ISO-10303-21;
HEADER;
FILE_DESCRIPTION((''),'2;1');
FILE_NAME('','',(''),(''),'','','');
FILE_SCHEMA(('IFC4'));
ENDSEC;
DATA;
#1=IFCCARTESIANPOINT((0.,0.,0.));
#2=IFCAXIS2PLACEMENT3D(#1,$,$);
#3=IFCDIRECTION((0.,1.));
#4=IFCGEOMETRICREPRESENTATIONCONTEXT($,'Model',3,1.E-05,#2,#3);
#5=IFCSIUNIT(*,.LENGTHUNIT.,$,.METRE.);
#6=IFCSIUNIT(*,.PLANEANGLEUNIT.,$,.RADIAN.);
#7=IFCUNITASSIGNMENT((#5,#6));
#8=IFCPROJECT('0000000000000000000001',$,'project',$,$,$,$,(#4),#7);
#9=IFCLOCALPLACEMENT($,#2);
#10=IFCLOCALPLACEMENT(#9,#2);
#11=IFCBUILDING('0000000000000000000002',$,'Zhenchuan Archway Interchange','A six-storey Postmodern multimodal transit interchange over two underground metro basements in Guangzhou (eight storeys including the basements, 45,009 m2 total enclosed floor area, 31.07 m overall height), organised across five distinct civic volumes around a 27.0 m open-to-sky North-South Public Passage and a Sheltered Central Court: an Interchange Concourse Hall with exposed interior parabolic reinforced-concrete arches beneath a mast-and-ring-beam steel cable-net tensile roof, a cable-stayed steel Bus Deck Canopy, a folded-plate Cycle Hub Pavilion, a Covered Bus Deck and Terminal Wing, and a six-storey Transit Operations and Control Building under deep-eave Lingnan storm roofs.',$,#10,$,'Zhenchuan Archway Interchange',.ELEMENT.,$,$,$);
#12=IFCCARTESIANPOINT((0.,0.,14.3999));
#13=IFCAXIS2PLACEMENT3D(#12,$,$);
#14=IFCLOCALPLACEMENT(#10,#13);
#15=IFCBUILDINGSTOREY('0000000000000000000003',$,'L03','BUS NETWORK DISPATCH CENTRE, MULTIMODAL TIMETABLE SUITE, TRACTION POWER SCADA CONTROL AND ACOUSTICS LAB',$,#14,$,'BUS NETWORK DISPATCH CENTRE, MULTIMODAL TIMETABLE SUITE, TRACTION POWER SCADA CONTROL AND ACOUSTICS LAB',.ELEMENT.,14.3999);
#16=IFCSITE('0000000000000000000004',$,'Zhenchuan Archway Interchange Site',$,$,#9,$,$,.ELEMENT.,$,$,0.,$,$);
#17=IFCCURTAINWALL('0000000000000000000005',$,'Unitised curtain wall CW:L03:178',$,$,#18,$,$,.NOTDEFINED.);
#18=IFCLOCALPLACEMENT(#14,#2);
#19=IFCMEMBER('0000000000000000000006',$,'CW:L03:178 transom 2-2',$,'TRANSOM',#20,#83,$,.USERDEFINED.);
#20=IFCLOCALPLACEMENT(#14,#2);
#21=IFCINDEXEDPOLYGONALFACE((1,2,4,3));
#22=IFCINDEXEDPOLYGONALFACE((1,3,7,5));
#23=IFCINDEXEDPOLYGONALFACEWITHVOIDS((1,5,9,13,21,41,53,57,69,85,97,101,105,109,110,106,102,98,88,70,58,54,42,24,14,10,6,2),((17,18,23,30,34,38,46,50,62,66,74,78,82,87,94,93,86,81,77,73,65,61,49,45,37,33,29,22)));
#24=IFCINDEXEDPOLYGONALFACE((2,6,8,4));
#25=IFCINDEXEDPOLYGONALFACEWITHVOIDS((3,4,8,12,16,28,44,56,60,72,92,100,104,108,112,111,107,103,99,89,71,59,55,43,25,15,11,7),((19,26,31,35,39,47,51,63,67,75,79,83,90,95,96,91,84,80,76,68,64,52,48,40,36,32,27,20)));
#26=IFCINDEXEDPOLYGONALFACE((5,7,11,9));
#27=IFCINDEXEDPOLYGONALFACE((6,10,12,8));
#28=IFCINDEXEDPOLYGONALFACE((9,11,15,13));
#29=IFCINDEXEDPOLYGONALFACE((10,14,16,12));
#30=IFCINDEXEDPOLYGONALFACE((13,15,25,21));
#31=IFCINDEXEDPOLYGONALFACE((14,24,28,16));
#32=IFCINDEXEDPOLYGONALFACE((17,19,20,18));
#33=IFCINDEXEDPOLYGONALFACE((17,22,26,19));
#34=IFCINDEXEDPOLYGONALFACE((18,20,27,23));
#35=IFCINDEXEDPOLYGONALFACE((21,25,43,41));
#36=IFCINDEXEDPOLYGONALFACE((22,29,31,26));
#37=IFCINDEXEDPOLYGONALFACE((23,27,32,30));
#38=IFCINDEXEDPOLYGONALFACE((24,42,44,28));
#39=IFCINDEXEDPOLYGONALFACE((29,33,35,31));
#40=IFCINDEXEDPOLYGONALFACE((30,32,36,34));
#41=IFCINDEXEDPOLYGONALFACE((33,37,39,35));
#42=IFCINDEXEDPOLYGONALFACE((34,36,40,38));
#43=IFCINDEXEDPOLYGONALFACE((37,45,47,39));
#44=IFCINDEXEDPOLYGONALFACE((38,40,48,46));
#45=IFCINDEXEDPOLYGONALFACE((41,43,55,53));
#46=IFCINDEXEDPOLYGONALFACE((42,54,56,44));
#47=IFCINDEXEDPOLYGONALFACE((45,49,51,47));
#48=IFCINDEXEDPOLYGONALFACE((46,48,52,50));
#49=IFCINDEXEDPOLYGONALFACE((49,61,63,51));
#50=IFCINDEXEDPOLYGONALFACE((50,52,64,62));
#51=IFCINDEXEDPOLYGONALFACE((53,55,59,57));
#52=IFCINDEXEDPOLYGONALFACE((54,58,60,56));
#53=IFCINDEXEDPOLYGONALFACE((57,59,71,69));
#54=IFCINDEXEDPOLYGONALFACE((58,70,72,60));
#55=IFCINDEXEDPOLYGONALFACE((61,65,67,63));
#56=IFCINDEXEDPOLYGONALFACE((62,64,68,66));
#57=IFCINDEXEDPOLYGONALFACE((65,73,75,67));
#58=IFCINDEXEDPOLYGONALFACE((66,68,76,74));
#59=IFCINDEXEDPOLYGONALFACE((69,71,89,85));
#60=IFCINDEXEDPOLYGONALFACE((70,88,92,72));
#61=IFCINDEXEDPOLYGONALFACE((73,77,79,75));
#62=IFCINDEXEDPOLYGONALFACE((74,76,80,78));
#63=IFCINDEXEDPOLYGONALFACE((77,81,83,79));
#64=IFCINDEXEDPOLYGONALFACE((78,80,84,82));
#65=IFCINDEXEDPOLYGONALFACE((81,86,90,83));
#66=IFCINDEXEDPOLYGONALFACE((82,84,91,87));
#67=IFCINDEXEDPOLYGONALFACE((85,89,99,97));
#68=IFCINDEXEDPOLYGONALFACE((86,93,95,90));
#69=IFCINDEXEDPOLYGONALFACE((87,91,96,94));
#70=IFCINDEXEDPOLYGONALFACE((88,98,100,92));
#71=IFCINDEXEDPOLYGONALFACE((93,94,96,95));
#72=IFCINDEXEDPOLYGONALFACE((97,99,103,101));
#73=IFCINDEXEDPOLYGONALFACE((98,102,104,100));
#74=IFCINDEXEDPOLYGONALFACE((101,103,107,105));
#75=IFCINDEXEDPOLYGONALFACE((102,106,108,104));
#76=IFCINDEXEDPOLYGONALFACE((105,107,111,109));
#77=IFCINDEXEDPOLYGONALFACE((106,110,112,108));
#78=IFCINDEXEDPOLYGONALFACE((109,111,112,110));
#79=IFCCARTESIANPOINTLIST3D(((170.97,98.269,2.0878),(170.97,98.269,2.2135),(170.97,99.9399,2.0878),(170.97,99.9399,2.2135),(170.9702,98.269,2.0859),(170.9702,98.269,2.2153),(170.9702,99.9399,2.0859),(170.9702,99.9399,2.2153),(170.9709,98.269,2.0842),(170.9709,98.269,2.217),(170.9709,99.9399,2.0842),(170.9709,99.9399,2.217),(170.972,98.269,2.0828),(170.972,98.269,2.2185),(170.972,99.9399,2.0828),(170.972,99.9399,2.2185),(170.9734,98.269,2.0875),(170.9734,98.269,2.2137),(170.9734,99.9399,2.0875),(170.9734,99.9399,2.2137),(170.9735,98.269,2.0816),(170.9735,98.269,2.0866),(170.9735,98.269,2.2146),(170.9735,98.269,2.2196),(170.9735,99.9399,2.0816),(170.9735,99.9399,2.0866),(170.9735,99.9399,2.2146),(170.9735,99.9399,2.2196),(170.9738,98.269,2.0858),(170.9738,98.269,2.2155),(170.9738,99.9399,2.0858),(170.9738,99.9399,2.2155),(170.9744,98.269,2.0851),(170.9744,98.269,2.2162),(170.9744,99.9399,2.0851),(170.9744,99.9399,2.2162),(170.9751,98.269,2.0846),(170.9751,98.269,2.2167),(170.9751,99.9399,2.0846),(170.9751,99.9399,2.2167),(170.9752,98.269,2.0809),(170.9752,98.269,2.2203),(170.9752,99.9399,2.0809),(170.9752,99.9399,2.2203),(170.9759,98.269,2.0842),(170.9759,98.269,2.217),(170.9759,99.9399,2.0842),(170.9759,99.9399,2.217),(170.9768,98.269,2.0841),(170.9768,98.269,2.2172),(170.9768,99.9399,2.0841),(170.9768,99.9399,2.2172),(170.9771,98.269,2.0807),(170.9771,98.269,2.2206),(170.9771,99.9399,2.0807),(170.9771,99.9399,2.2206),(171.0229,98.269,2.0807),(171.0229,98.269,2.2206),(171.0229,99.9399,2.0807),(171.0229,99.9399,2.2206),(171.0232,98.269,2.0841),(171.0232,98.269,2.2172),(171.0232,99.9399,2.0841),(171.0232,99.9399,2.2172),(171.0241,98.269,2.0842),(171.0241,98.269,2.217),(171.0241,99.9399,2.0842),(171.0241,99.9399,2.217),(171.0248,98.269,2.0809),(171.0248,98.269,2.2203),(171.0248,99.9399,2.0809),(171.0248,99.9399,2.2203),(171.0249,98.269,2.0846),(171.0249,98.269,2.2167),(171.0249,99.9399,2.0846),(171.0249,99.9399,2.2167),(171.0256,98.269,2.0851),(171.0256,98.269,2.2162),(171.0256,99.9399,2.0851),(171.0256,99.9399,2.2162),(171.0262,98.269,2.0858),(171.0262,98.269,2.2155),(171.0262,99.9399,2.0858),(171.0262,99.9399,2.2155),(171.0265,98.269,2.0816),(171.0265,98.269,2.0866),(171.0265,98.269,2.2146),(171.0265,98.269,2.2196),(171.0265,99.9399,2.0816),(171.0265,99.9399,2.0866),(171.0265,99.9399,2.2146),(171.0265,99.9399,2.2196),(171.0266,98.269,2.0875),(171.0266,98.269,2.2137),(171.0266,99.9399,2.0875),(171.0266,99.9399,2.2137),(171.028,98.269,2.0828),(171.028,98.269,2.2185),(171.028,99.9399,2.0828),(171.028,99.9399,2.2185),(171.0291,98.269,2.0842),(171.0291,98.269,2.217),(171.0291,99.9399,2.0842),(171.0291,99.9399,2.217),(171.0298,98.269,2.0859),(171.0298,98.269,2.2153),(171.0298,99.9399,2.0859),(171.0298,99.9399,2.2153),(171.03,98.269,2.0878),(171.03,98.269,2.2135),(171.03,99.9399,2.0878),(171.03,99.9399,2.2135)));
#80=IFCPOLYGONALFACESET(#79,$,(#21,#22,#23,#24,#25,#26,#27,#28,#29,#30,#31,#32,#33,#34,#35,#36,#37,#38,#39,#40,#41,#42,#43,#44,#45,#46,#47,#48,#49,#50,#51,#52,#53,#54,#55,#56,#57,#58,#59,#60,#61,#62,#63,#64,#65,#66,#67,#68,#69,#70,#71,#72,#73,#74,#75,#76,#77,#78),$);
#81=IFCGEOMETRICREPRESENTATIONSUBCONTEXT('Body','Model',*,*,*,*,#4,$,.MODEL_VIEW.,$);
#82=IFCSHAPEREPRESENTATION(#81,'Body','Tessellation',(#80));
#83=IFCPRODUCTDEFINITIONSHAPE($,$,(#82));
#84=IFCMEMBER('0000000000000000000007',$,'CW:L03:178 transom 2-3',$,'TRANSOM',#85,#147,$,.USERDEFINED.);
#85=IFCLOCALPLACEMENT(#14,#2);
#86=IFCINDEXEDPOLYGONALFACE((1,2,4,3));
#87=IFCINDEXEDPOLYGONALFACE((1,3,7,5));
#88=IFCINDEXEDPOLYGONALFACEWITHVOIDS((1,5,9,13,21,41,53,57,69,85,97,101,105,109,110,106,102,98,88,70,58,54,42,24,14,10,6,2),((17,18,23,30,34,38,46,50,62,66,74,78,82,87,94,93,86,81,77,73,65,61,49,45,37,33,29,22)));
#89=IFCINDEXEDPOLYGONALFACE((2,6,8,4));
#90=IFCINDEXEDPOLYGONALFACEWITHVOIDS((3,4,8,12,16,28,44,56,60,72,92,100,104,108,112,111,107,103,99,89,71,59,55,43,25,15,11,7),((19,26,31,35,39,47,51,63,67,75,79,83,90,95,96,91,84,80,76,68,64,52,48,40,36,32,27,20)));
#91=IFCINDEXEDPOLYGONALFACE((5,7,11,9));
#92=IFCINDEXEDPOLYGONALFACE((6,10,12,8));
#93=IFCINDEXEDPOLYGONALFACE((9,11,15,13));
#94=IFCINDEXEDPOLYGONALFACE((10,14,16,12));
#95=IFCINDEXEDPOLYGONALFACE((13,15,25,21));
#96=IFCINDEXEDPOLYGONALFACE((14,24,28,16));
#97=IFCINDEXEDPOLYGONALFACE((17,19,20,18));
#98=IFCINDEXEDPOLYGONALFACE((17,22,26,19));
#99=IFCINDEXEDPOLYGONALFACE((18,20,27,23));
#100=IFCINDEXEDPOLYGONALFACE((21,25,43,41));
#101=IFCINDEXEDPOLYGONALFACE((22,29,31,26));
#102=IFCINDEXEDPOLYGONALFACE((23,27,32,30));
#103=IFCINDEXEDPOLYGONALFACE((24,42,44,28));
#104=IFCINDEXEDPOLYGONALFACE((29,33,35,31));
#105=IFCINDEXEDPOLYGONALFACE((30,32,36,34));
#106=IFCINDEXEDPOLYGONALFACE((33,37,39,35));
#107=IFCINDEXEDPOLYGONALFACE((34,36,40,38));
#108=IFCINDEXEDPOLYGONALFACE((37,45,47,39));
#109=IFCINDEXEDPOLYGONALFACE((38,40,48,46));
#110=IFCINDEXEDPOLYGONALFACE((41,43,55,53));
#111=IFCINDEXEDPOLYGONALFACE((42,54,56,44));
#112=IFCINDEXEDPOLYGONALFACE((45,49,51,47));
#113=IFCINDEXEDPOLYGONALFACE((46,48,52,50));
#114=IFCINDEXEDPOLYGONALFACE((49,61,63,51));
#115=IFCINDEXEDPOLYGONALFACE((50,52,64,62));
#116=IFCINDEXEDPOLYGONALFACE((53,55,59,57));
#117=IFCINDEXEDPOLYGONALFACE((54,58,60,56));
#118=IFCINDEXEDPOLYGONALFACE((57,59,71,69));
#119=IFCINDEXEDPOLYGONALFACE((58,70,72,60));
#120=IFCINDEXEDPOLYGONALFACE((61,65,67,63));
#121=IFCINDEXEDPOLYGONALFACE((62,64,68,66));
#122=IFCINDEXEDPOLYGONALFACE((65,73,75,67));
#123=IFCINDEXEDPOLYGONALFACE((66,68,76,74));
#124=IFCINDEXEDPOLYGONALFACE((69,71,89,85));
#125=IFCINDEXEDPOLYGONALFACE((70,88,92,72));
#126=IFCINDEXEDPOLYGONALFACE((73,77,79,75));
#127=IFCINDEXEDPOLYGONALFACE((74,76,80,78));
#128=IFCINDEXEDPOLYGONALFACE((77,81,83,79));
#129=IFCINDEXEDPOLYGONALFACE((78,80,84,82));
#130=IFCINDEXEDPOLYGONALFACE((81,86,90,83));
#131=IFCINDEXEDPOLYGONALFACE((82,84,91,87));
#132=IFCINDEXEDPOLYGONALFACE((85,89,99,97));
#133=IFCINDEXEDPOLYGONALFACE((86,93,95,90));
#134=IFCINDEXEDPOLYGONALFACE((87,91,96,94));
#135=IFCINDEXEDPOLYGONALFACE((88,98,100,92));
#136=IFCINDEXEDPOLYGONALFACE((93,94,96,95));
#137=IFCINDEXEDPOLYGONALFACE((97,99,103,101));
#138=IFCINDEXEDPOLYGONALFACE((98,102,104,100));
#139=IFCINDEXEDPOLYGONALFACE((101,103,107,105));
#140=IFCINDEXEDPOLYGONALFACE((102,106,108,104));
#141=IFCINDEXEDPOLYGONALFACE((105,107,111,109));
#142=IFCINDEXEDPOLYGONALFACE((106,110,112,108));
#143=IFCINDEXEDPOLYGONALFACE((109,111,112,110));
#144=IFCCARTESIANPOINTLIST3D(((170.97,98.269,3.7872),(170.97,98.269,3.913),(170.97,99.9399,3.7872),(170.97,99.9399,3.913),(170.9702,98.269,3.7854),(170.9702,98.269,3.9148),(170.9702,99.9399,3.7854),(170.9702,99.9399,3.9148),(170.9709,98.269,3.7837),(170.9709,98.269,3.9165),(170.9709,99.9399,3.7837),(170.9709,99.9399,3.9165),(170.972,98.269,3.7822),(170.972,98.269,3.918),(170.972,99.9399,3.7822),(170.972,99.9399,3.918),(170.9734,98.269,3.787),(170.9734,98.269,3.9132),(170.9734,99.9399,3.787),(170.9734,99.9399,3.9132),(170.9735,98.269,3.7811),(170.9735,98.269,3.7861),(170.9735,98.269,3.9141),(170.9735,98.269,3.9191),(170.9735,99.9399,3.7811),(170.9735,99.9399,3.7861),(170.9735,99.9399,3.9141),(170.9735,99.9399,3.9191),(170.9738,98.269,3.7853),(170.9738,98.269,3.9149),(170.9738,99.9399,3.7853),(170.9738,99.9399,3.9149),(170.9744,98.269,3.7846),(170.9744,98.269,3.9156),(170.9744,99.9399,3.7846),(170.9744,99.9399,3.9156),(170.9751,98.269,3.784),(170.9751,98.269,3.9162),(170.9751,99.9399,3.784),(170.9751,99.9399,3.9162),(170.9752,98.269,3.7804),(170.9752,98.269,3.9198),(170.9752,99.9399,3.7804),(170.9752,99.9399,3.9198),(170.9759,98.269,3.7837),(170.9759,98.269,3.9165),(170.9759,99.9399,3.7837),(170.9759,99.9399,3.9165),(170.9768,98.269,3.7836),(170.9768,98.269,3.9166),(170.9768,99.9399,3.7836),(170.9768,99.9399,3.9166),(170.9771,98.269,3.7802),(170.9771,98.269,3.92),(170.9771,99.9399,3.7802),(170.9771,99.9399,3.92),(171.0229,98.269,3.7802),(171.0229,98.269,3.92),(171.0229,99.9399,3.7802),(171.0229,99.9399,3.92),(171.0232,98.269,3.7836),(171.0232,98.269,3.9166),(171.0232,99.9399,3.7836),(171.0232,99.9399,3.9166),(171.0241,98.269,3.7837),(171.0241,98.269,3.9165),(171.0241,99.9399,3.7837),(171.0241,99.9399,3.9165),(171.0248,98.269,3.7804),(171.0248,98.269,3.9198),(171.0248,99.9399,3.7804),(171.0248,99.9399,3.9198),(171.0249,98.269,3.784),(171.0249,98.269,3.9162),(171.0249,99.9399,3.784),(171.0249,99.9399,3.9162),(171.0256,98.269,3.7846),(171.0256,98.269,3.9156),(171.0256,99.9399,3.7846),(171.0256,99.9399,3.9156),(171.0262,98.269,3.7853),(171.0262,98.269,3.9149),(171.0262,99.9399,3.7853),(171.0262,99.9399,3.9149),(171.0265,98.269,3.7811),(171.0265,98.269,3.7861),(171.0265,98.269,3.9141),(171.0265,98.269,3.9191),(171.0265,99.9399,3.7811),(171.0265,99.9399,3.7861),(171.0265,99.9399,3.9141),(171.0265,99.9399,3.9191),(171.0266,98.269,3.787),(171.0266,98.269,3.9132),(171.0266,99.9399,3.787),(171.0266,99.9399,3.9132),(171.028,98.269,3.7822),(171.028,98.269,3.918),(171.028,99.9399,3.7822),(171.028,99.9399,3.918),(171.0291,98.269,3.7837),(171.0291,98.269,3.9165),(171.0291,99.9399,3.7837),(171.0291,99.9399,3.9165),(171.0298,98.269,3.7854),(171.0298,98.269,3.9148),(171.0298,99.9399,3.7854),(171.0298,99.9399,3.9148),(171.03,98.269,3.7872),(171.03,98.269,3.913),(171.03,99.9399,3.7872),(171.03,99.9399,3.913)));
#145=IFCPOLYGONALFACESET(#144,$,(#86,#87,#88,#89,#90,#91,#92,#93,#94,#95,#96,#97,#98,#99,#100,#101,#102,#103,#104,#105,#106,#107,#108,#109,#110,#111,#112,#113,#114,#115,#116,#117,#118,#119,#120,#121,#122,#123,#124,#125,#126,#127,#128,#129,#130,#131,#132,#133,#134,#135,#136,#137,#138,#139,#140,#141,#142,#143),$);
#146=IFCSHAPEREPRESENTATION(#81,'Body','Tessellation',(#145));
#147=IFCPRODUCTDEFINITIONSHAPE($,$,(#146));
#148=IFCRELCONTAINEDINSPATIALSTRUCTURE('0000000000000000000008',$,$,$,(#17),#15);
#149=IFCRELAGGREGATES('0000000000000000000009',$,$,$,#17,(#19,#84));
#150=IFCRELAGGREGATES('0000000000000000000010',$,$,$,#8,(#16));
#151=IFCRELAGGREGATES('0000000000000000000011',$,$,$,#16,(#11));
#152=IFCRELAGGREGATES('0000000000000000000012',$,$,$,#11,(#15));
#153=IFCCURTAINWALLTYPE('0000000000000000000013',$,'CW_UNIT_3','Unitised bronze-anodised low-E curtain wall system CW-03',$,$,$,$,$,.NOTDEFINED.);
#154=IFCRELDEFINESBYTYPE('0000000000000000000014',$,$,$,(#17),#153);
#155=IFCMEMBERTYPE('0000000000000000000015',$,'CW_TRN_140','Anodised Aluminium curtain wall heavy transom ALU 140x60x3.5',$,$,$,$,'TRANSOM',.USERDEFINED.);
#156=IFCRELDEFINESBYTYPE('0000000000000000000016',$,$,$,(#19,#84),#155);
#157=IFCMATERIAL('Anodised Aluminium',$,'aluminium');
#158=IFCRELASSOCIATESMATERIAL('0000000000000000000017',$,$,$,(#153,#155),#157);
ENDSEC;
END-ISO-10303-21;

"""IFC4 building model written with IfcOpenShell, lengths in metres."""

from ifc_helpers import new_model, si_unit, direction, frame, origin, origin_2d, place, context, subcontext, project, spatial, hollow_rectangle, extrude, material, material_profile, profile_set, type_object, element, aggregate, save


model = new_model("IFC4")

# Units and contexts
model_context = context("Model", 3, precision=1e-05, world=origin(), true_north=direction((0.0, 1.0)))
body_context = subcontext(model_context, "Body", "Model", "MODEL_VIEW")
ifc_project = project(units=[si_unit("LENGTHUNIT", "METRE"), si_unit("PLANEANGLEUNIT", "RADIAN")], contexts=[model_context])

# Site, building, storey
site_placement = place(None, origin())
site = spatial("IfcSite", under=ifc_project, at=site_placement, Name="Zhenchuan Archway Interchange Site", CompositionType="ELEMENT", RefElevation=0.0)
building_placement = place(site_placement, origin())
building = spatial("IfcBuilding", under=site, at=building_placement, Name="Zhenchuan Archway Interchange", Description="A six-storey Postmodern multimodal transit interchange over two underground metro basements in Guangzhou (eight storeys including the basements, 45,009 m2 total enclosed floor area, 31.07 m overall height), organised across five distinct civic volumes around a 27.0 m open-to-sky North-South Public Passage and a Sheltered Central Court: an Interchange Concourse Hall with exposed interior parabolic reinforced-concrete arches beneath a mast-and-ring-beam steel cable-net tensile roof, a cable-stayed steel Bus Deck Canopy, a folded-plate Cycle Hub Pavilion, a Covered Bus Deck and Terminal Wing, and a six-storey Transit Operations and Control Building under deep-eave Lingnan storm roofs.", LongName="Zhenchuan Archway Interchange", CompositionType="ELEMENT")
storey_placement = place(building_placement, frame((0.0, 0.0, 14.3999)))
storey = spatial("IfcBuildingStorey", under=building, at=storey_placement, Name="L03", Description="BUS NETWORK DISPATCH CENTRE, MULTIMODAL TIMETABLE SUITE, TRACTION POWER SCADA CONTROL AND ACOUSTICS LAB", LongName="BUS NETWORK DISPATCH CENTRE, MULTIMODAL TIMETABLE SUITE, TRACTION POWER SCADA CONTROL AND ACOUSTICS LAB", CompositionType="ELEMENT", Elevation=14.3999)

# Curtain wall
ifc_material_1 = material(Name="Anodised Aluminium", Category="aluminium")
curtain_wall_type_1 = type_object("IfcCurtainWallType", Name="CW_UNIT_3", Description="Unitised bronze-anodised low-E curtain wall system CW-03", PredefinedType="NOTDEFINED", material=ifc_material_1)
curtain_wall_1_placement = place(storey_placement, origin())
curtain_wall_1 = element("IfcCurtainWall", 1, at=curtain_wall_1_placement, inside=storey, type_object=curtain_wall_type_1, Name="Unitised curtain wall CW:L03:178", PredefinedType="NOTDEFINED")

# Members
ifc_material_profile_1 = material_profile(ifc_material_1, hollow_rectangle(XDim=0.0601, YDim=0.1399, WallThickness=0.0034, InnerFilletRadius=0.0034, OuterFilletRadius=0.0071, at=origin_2d()), Name="ALU 140x60x3.5")
ifc_profile_set_1 = profile_set([ifc_material_profile_1], Name="Anodised Aluminium")
member_type_1 = type_object("IfcMemberType", Name="CW_TRN_140", Description="Anodised Aluminium curtain wall heavy transom ALU 140x60x3.5", ElementType="TRANSOM", PredefinedType="USERDEFINED", material=ifc_profile_set_1)
member_1_placement = place(storey_placement, frame((171.0, 99.9399, 2.1506), z_axis=(0.0, -1.0, 0.0), x_axis=(1.0, 0.0, 0.0)))
member_1 = element("IfcMember", 2, at=member_1_placement, type_object=member_type_1, Name="CW:L03:178 transom 2-2", ObjectType="TRANSOM", PredefinedType="USERDEFINED", context=body_context, shape_type="SweptSolid", body=[
    extrude(hollow_rectangle(XDim=0.0601, YDim=0.1399, WallThickness=0.0034, InnerFilletRadius=0.0034, OuterFilletRadius=0.0071, at=origin_2d()), origin(), (0.0, 0.0, 1.0), 1.6709),
])
member_2_placement = place(storey_placement, frame((171.0, 99.9399, 3.8501), z_axis=(0.0, -1.0, 0.0), x_axis=(1.0, 0.0, 0.0)))
member_2 = element("IfcMember", 3, at=member_2_placement, type_object=member_type_1, Name="CW:L03:178 transom 2-3", ObjectType="TRANSOM", PredefinedType="USERDEFINED", context=body_context, shape_type="SweptSolid", body=[
    extrude(hollow_rectangle(XDim=0.0601, YDim=0.1399, WallThickness=0.0034, InnerFilletRadius=0.0034, OuterFilletRadius=0.0071, at=origin_2d()), origin(), (0.0, 0.0, 1.0), 1.6709),
])

aggregate(curtain_wall_1, [member_1, member_2])

save(model, "model.ifc")
